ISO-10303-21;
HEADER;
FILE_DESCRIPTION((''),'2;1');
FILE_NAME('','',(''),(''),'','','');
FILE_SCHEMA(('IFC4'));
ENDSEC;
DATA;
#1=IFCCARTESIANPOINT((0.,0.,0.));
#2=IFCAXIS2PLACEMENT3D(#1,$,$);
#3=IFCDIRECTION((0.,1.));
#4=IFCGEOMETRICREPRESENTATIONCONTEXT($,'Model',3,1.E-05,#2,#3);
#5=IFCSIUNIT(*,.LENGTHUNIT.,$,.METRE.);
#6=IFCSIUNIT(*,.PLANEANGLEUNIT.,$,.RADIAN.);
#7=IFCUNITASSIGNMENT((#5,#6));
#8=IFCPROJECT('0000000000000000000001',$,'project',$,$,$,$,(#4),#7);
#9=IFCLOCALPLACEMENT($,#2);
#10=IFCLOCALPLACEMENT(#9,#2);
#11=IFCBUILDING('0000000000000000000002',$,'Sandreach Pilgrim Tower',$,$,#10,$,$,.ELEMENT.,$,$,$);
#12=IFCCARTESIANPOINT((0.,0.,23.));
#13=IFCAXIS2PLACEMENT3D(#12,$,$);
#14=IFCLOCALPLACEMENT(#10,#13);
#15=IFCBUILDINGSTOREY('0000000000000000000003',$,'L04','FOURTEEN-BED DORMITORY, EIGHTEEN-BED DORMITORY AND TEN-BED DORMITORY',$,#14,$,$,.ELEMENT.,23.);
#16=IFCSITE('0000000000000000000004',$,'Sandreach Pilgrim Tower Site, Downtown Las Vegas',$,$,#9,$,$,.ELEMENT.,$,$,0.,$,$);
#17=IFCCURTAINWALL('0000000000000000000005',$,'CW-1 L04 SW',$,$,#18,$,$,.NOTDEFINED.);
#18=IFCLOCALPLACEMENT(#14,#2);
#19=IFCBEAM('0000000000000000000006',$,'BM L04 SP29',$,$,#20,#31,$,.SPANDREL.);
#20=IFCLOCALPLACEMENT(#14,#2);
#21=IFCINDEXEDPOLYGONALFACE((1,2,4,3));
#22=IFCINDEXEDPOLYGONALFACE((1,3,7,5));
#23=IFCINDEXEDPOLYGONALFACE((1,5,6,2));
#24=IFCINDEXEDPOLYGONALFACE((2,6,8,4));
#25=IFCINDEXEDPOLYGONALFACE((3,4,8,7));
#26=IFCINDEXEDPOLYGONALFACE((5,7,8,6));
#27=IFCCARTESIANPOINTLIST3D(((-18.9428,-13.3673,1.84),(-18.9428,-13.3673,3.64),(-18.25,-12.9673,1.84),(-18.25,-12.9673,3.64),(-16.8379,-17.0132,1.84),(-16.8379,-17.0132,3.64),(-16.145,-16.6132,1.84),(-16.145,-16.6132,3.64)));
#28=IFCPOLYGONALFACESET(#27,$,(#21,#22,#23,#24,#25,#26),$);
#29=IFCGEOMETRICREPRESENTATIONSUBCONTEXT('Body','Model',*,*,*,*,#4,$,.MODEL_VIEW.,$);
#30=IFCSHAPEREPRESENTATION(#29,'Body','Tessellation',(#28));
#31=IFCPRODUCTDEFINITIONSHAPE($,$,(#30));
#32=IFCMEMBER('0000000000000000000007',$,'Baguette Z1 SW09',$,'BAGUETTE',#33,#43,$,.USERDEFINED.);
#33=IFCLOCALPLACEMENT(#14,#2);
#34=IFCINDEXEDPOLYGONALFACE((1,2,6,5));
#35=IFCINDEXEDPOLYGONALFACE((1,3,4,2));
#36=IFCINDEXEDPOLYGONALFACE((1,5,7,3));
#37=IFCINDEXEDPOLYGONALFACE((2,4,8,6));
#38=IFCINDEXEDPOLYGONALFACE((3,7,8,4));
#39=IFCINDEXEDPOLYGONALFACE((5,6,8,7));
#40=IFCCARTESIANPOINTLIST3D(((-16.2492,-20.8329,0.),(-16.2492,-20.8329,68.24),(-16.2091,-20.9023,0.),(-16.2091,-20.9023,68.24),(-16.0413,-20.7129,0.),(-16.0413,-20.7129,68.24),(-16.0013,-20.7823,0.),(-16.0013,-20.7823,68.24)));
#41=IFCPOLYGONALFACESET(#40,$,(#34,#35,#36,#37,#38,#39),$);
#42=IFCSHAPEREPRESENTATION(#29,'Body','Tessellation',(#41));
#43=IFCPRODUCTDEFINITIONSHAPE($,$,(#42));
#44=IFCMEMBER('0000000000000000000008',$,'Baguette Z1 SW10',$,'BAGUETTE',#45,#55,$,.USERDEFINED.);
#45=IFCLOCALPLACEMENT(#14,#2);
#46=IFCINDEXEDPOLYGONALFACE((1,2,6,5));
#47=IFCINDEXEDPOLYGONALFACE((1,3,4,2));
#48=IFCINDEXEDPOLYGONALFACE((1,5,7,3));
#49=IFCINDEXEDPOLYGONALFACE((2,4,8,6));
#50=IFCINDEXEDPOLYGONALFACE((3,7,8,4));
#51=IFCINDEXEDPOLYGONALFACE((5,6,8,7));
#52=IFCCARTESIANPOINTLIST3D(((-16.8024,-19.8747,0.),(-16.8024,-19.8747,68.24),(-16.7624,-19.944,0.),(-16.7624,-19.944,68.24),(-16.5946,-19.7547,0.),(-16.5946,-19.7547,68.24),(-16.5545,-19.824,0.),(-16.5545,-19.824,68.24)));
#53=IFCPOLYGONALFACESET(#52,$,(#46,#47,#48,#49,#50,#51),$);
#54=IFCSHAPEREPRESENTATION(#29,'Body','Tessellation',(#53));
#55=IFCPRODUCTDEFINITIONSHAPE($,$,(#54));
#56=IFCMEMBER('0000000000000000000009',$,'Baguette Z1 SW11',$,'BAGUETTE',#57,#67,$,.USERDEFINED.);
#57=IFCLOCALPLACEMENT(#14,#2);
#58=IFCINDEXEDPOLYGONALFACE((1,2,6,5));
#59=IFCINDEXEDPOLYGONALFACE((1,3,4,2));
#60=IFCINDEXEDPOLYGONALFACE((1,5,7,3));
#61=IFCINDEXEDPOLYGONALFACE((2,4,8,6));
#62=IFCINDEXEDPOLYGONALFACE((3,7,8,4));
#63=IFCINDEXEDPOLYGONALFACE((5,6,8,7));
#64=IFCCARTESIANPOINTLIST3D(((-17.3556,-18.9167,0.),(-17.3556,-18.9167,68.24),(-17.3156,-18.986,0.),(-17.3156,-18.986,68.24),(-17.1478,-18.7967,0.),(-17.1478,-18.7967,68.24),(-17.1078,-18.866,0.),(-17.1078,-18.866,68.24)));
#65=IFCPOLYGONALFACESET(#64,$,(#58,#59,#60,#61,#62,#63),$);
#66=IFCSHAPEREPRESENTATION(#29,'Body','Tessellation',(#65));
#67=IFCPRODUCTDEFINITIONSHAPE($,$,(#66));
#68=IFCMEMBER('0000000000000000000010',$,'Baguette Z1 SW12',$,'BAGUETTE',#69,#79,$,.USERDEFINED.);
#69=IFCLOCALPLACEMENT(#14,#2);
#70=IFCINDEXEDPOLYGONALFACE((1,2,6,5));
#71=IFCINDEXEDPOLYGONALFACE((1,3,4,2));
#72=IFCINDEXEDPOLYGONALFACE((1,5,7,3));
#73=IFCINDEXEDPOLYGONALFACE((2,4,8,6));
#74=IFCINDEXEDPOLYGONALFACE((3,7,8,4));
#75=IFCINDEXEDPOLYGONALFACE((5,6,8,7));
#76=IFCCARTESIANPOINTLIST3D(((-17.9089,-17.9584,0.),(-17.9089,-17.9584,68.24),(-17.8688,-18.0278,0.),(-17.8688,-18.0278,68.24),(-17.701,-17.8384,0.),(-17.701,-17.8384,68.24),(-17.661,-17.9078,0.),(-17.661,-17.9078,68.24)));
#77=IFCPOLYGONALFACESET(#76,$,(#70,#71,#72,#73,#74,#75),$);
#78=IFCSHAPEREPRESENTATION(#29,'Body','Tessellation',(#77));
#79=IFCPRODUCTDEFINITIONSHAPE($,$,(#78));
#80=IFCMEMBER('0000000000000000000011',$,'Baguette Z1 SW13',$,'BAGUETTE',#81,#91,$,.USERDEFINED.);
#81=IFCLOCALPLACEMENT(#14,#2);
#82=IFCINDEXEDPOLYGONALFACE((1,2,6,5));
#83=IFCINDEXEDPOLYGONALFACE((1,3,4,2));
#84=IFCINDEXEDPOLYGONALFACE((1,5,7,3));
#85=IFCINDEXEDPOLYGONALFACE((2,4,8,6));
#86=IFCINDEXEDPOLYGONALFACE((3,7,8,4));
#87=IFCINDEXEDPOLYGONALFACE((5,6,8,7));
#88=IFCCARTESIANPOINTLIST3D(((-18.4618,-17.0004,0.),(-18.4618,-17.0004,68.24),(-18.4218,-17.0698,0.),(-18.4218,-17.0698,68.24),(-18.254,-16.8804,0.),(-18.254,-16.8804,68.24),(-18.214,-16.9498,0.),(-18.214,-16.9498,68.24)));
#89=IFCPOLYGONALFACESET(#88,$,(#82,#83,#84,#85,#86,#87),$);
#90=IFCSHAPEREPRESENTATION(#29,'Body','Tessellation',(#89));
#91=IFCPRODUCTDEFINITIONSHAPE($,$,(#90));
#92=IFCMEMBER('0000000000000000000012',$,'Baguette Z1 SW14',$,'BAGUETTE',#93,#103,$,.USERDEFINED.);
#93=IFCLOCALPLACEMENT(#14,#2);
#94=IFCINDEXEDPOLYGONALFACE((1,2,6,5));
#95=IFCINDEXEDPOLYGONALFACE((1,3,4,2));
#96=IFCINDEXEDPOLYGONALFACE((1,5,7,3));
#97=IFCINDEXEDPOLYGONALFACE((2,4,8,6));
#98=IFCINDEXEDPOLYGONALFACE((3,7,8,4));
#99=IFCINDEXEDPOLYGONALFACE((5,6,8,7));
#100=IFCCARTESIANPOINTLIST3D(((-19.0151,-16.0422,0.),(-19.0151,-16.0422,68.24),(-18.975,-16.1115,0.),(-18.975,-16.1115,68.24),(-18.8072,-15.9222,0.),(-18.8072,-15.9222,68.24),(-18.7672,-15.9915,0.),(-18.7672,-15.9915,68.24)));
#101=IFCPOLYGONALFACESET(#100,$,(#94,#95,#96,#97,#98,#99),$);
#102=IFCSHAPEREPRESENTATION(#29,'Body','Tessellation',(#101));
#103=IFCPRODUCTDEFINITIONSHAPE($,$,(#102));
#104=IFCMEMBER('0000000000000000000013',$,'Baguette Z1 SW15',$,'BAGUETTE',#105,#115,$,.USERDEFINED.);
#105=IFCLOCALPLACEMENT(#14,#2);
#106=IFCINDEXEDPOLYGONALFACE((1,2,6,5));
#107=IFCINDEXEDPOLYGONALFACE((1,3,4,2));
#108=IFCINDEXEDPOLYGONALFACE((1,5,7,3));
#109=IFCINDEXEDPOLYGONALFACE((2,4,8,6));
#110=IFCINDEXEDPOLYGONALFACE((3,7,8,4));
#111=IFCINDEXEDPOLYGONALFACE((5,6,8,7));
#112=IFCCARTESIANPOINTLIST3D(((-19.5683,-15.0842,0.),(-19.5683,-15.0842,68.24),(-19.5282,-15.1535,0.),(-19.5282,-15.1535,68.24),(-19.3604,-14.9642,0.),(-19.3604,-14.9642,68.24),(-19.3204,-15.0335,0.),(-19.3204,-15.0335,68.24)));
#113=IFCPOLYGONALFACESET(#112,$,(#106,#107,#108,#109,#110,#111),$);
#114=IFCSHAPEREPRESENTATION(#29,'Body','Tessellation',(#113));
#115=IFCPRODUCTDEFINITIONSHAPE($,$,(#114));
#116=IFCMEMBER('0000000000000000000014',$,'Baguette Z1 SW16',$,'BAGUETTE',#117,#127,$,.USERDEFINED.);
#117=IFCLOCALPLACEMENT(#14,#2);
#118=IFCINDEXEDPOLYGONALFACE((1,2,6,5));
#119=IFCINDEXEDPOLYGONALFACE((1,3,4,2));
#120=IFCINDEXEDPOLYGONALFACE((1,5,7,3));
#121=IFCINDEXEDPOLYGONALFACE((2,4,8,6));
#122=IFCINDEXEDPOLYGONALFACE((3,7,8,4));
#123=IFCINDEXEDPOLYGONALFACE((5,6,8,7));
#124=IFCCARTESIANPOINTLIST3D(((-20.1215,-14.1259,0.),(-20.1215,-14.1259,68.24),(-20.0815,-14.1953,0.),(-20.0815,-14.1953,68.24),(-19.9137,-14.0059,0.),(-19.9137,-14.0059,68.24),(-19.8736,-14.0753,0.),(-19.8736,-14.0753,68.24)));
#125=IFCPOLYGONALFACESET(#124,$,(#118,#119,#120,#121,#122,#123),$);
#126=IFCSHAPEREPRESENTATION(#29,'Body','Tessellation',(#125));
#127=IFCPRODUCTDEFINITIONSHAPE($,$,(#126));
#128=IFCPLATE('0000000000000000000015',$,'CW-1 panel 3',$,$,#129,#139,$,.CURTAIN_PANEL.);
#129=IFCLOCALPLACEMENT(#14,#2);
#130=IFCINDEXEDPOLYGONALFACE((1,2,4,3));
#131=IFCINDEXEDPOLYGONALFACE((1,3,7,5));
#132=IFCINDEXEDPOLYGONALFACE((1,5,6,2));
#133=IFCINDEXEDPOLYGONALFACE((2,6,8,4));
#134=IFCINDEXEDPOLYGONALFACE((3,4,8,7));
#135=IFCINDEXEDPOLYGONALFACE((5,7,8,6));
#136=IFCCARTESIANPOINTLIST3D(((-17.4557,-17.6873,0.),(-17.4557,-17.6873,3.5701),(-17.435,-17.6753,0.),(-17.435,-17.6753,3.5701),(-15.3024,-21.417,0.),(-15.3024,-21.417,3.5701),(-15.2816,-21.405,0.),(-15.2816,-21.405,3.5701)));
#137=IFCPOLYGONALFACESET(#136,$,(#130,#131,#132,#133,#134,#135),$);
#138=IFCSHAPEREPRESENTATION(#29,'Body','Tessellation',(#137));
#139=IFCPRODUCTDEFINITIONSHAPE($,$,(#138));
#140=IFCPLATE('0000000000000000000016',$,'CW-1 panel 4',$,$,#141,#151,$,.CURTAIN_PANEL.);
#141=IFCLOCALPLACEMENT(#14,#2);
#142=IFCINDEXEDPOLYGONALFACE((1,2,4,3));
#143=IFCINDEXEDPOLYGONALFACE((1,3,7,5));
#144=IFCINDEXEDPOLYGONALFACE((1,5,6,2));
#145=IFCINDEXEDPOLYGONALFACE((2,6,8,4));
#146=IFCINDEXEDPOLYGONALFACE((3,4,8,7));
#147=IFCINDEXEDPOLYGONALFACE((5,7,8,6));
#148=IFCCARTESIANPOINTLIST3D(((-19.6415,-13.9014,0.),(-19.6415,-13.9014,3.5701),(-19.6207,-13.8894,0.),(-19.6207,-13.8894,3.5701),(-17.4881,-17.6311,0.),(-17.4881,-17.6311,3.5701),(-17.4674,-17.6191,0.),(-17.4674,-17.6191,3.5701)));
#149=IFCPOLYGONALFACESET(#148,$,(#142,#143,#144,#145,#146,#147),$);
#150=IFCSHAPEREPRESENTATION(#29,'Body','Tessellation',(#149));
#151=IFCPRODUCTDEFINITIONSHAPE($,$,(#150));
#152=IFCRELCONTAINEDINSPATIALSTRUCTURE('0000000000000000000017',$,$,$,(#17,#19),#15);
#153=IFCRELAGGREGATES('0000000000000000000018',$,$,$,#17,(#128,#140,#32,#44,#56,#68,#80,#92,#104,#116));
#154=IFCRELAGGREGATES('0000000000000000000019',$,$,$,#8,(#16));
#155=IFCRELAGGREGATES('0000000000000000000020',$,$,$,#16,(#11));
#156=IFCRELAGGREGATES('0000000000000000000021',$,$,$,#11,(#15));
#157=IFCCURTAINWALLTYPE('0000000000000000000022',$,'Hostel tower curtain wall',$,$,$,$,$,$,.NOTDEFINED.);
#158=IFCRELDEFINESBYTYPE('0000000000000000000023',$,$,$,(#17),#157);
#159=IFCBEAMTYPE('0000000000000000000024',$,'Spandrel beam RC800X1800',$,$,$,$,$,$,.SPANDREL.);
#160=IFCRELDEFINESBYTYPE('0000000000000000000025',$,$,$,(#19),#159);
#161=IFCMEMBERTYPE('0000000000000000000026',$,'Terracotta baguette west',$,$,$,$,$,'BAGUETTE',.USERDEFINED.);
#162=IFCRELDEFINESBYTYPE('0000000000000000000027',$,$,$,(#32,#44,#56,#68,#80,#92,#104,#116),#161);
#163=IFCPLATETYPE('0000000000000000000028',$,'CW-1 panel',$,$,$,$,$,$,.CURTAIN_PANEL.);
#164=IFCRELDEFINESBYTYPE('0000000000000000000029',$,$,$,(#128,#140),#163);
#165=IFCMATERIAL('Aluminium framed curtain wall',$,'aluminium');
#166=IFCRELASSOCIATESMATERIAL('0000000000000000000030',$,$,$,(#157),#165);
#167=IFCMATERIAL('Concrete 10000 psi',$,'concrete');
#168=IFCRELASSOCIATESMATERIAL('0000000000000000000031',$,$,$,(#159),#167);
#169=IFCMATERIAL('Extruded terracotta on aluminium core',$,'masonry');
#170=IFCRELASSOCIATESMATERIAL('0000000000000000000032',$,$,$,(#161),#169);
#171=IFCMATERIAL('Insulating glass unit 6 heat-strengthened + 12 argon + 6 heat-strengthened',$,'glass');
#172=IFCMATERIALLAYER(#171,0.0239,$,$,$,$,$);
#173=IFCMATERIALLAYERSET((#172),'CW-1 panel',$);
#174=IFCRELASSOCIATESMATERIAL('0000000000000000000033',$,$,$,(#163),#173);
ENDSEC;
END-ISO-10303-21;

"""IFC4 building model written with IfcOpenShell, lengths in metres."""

from ifc_helpers import new_model, si_unit, direction, frame, origin, origin_2d, place, context, subcontext, project, spatial, rectangle, extrude, material, layer, layer_set, material_profile, profile_set, type_object, element, aggregate, save


model = new_model("IFC4")

# Units and contexts
model_context = context("Model", 3, precision=1e-05, world=origin(), true_north=direction((0.0, 1.0)))
body_context = subcontext(model_context, "Body", "Model", "MODEL_VIEW")
ifc_project = project(units=[si_unit("LENGTHUNIT", "METRE"), si_unit("PLANEANGLEUNIT", "RADIAN")], contexts=[model_context])

# Site, building, storey
site_placement = place(None, origin())
site = spatial("IfcSite", under=ifc_project, at=site_placement, Name="Sandreach Pilgrim Tower Site, Downtown Las Vegas", CompositionType="ELEMENT", RefElevation=0.0)
building_placement = place(site_placement, origin())
building = spatial("IfcBuilding", under=site, at=building_placement, Name="Sandreach Pilgrim Tower", CompositionType="ELEMENT")
storey_placement = place(building_placement, frame((0.0, 0.0, 23.0)))
storey = spatial("IfcBuildingStorey", under=building, at=storey_placement, Name="L04", Description="FOURTEEN-BED DORMITORY, EIGHTEEN-BED DORMITORY AND TEN-BED DORMITORY", CompositionType="ELEMENT", Elevation=23.0)

# Curtain wall
ifc_material_1 = material(Name="Aluminium framed curtain wall", Category="aluminium")
curtain_wall_type = type_object("IfcCurtainWallType", Name="Hostel tower curtain wall", PredefinedType="NOTDEFINED", material=ifc_material_1)
curtain_wall_placement = place(storey_placement, origin())
curtain_wall = element("IfcCurtainWall", 1, at=curtain_wall_placement, inside=storey, type_object=curtain_wall_type, Name="CW-1 L04 SW", PredefinedType="NOTDEFINED")

# Beam
ifc_material_2 = material(Name="Concrete 10000 psi", Category="concrete")
ifc_material_profile_1 = material_profile(ifc_material_2, rectangle(XDim=0.8, YDim=1.8, at=origin_2d()), Name="RC800X1800")
ifc_profile_set_1 = profile_set([ifc_material_profile_1], Name="Concrete 10000 psi")
beam_type_1 = type_object("IfcBeamType", Name="Spandrel beam RC800X1800", PredefinedType="SPANDREL", material=ifc_profile_set_1)
beam_1_placement = place(storey_placement, frame((-16.4915, -16.8132, 2.74), z_axis=(-0.499994, 0.866029, 0.0), x_axis=(-0.866029, -0.499994, 0.0)))
element("IfcBeam", 2, at=beam_1_placement, inside=storey, type_object=beam_type_1, Name="BM L04 SP29", PredefinedType="SPANDREL", context=body_context, shape_type="SweptSolid", body=[
    extrude(rectangle(XDim=0.8, YDim=1.8, at=origin_2d()), origin(), (0.0, 0.0, 1.0), 4.21),
])

# Members
ifc_material_3 = material(Name="Extruded terracotta on aluminium core", Category="masonry")
ifc_material_profile_2 = material_profile(ifc_material_3, rectangle(XDim=0.0801, YDim=0.24, at=origin_2d()), Name="TBW 80X240")
ifc_profile_set_2 = profile_set([ifc_material_profile_2], Name="Extruded terracotta on aluminium core")
member_type_1 = type_object("IfcMemberType", Name="Terracotta baguette west", ElementType="BAGUETTE", PredefinedType="USERDEFINED", material=ifc_profile_set_2)
member_1_placement = place(storey_placement, frame((-16.1252, -20.8076, 0.0), z_axis=(0.0, 0.0, 1.0), x_axis=(-0.5, 0.866025, 0.0)))
member_1 = element("IfcMember", 3, at=member_1_placement, type_object=member_type_1, Name="Baguette Z1 SW09", ObjectType="BAGUETTE", PredefinedType="USERDEFINED", context=body_context, shape_type="SweptSolid", body=[
    extrude(rectangle(XDim=0.0801, YDim=0.24, at=origin_2d()), origin(), (0.0, 0.0, 1.0), 68.24),
])
member_2_placement = place(storey_placement, frame((-16.6785, -19.8494, 0.0), z_axis=(0.0, 0.0, 1.0), x_axis=(-0.5, 0.866025, 0.0)))
member_2 = element("IfcMember", 4, at=member_2_placement, type_object=member_type_1, Name="Baguette Z1 SW10", ObjectType="BAGUETTE", PredefinedType="USERDEFINED", context=body_context, shape_type="SweptSolid", body=[
    extrude(rectangle(XDim=0.0801, YDim=0.24, at=origin_2d()), origin(), (0.0, 0.0, 1.0), 68.24),
])
member_3_placement = place(storey_placement, frame((-17.2317, -18.8914, 0.0), z_axis=(0.0, 0.0, 1.0), x_axis=(-0.5, 0.866025, 0.0)))
member_3 = element("IfcMember", 5, at=member_3_placement, type_object=member_type_1, Name="Baguette Z1 SW11", ObjectType="BAGUETTE", PredefinedType="USERDEFINED", context=body_context, shape_type="SweptSolid", body=[
    extrude(rectangle(XDim=0.0801, YDim=0.24, at=origin_2d()), origin(), (0.0, 0.0, 1.0), 68.24),
])
member_4_placement = place(storey_placement, frame((-17.7849, -17.9331, 0.0), z_axis=(0.0, 0.0, 1.0), x_axis=(-0.5, 0.866025, 0.0)))
member_4 = element("IfcMember", 6, at=member_4_placement, type_object=member_type_1, Name="Baguette Z1 SW12", ObjectType="BAGUETTE", PredefinedType="USERDEFINED", context=body_context, shape_type="SweptSolid", body=[
    extrude(rectangle(XDim=0.0801, YDim=0.24, at=origin_2d()), origin(), (0.0, 0.0, 1.0), 68.24),
])
member_5_placement = place(storey_placement, frame((-18.3379, -16.9751, 0.0), z_axis=(0.0, 0.0, 1.0), x_axis=(-0.5, 0.866025, 0.0)))
member_5 = element("IfcMember", 7, at=member_5_placement, type_object=member_type_1, Name="Baguette Z1 SW13", ObjectType="BAGUETTE", PredefinedType="USERDEFINED", context=body_context, shape_type="SweptSolid", body=[
    extrude(rectangle(XDim=0.0801, YDim=0.24, at=origin_2d()), origin(), (0.0, 0.0, 1.0), 68.24),
])
member_6_placement = place(storey_placement, frame((-18.8911, -16.0168, 0.0), z_axis=(0.0, 0.0, 1.0), x_axis=(-0.5, 0.866025, 0.0)))
member_6 = element("IfcMember", 8, at=member_6_placement, type_object=member_type_1, Name="Baguette Z1 SW14", ObjectType="BAGUETTE", PredefinedType="USERDEFINED", context=body_context, shape_type="SweptSolid", body=[
    extrude(rectangle(XDim=0.0801, YDim=0.24, at=origin_2d()), origin(), (0.0, 0.0, 1.0), 68.24),
])
member_7_placement = place(storey_placement, frame((-19.4443, -15.0588, 0.0), z_axis=(0.0, 0.0, 1.0), x_axis=(-0.5, 0.866025, 0.0)))
member_7 = element("IfcMember", 9, at=member_7_placement, type_object=member_type_1, Name="Baguette Z1 SW15", ObjectType="BAGUETTE", PredefinedType="USERDEFINED", context=body_context, shape_type="SweptSolid", body=[
    extrude(rectangle(XDim=0.0801, YDim=0.24, at=origin_2d()), origin(), (0.0, 0.0, 1.0), 68.24),
])
member_8_placement = place(storey_placement, frame((-19.9976, -14.1006, 0.0), z_axis=(0.0, 0.0, 1.0), x_axis=(-0.5, 0.866025, 0.0)))
member_8 = element("IfcMember", 10, at=member_8_placement, type_object=member_type_1, Name="Baguette Z1 SW16", ObjectType="BAGUETTE", PredefinedType="USERDEFINED", context=body_context, shape_type="SweptSolid", body=[
    extrude(rectangle(XDim=0.0801, YDim=0.24, at=origin_2d()), origin(), (0.0, 0.0, 1.0), 68.24),
])

# Plates
ifc_material_4 = material(Name="Insulating glass unit 6 heat-strengthened + 12 argon + 6 heat-strengthened", Category="glass")
ifc_layer = layer(ifc_material_4, 0.0239)
ifc_layer_set = layer_set([ifc_layer], Name="CW-1 panel")
plate_type = type_object("IfcPlateType", Name="CW-1 panel", PredefinedType="CURTAIN_PANEL", material=ifc_layer_set)
plate_1_placement = place(storey_placement, frame((-16.3687, -19.5461, 0.0), z_axis=(0.0, 0.0, 1.0), x_axis=(-0.5, 0.866025, 0.0)))
plate_1 = element("IfcPlate", 11, at=plate_1_placement, type_object=plate_type, Name="CW-1 panel 3", PredefinedType="CURTAIN_PANEL", context=body_context, shape_type="SweptSolid", body=[
    extrude(rectangle(XDim=4.3066, YDim=0.0239, at=origin_2d()), origin(), (0.0, 0.0, 1.0), 3.5701),
])
plate_2_placement = place(storey_placement, frame((-18.5544, -15.7603, 0.0), z_axis=(0.0, 0.0, 1.0), x_axis=(-0.5, 0.866025, 0.0)))
plate_2 = element("IfcPlate", 12, at=plate_2_placement, type_object=plate_type, Name="CW-1 panel 4", PredefinedType="CURTAIN_PANEL", context=body_context, shape_type="SweptSolid", body=[
    extrude(rectangle(XDim=4.3066, YDim=0.0239, at=origin_2d()), origin(), (0.0, 0.0, 1.0), 3.5701),
])
aggregate(curtain_wall, [plate_1, plate_2, member_1, member_2, member_3, member_4, member_5, member_6, member_7, member_8])

save(model, "model.ifc")
